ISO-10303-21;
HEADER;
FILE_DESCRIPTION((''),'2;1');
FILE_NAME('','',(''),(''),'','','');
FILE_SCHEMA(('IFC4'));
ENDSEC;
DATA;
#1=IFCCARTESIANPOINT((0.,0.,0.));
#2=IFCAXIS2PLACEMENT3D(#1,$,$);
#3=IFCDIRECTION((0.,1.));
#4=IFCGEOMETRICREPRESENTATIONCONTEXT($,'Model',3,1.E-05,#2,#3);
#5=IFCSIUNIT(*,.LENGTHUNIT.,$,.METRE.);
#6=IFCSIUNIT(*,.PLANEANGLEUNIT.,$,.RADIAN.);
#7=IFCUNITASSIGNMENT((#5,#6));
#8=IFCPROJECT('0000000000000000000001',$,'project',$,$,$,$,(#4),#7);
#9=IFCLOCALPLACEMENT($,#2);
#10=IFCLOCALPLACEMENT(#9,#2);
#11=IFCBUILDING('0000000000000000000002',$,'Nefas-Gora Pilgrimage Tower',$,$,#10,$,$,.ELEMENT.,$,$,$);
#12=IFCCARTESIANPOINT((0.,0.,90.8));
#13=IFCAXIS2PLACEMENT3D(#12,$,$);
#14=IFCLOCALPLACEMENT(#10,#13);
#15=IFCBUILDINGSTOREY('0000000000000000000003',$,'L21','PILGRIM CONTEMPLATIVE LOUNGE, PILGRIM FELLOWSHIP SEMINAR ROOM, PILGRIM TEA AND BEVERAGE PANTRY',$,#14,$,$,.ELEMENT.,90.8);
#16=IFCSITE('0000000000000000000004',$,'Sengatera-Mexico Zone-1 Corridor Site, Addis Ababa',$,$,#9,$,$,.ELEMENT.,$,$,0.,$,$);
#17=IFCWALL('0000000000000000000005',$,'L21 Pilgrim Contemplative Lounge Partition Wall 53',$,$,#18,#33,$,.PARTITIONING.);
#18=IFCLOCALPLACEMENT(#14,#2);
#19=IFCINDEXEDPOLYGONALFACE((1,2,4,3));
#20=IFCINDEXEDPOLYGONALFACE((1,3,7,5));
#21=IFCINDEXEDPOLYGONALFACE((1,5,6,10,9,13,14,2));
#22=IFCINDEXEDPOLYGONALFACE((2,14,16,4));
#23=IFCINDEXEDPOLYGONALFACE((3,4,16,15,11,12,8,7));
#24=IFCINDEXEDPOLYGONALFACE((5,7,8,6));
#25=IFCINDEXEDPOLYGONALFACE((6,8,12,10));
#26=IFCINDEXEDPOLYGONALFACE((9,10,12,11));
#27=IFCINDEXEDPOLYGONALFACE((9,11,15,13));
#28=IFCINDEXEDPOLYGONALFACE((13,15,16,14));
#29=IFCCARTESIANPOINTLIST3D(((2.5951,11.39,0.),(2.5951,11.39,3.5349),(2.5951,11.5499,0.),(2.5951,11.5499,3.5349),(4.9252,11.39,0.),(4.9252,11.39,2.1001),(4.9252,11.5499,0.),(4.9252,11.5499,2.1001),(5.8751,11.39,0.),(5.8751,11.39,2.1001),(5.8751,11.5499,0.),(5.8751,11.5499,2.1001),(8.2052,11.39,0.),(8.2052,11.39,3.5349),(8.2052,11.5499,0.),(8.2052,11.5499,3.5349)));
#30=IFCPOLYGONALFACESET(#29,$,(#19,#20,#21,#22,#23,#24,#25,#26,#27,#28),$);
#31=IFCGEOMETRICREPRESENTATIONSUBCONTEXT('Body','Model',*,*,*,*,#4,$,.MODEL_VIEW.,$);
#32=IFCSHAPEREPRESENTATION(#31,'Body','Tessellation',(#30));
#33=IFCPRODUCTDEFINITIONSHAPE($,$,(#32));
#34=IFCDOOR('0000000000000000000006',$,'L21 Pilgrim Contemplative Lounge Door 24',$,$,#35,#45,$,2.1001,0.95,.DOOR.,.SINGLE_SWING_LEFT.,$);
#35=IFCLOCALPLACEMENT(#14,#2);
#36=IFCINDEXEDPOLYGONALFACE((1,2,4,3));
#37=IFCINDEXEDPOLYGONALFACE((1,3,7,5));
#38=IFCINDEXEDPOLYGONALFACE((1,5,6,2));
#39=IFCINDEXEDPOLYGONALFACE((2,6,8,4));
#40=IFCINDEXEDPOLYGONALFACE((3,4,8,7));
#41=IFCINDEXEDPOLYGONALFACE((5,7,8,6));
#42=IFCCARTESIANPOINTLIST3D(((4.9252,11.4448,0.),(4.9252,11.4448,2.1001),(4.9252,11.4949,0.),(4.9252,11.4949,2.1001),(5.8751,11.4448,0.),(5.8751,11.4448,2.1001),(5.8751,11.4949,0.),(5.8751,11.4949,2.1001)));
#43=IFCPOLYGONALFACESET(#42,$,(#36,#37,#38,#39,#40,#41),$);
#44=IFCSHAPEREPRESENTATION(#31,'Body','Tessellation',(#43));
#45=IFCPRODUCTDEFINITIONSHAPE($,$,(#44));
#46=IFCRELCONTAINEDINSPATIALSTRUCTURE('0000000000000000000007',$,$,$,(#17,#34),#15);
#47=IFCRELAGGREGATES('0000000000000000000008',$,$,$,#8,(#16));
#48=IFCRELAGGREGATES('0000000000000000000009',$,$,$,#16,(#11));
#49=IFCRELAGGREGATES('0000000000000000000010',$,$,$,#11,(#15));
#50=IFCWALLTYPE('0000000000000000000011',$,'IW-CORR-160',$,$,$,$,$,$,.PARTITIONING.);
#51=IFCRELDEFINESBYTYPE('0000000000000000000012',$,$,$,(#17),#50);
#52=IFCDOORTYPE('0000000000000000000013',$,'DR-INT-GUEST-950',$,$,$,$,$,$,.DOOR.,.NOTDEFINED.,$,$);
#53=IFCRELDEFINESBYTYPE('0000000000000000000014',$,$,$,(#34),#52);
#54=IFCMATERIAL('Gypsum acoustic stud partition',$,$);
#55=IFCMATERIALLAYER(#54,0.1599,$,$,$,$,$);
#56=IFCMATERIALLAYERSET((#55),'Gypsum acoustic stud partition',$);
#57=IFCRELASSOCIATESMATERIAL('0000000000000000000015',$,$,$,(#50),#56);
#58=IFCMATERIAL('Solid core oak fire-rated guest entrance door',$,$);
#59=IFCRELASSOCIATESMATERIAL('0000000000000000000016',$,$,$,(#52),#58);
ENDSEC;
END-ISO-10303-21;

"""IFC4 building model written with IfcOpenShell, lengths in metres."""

from ifc_helpers import new_model, si_unit, direction, frame, frame_2d, origin, place, context, subcontext, project, spatial, rectangle, extrude, source, transform, mapped, material, layer, layer_set, type_object, element, fill, save


model = new_model("IFC4")

# Units and contexts
model_context = context("Model", 3, precision=1e-05, world=origin(), true_north=direction((0.0, 1.0)))
body_context = subcontext(model_context, "Body", "Model", "MODEL_VIEW")
ifc_project = project(units=[si_unit("LENGTHUNIT", "METRE"), si_unit("PLANEANGLEUNIT", "RADIAN")], contexts=[model_context])

# Site, building, storey
site_placement = place(None, origin())
site = spatial("IfcSite", under=ifc_project, at=site_placement, Name="Sengatera-Mexico Zone-1 Corridor Site, Addis Ababa", CompositionType="ELEMENT", RefElevation=0.0)
building_placement = place(site_placement, origin())
building = spatial("IfcBuilding", under=site, at=building_placement, Name="Nefas-Gora Pilgrimage Tower", CompositionType="ELEMENT")
storey_placement = place(building_placement, frame((0.0, 0.0, 90.8)))
storey = spatial("IfcBuildingStorey", under=building, at=storey_placement, Name="L21", Description="PILGRIM CONTEMPLATIVE LOUNGE, PILGRIM FELLOWSHIP SEMINAR ROOM, PILGRIM TEA AND BEVERAGE PANTRY", CompositionType="ELEMENT", Elevation=90.8)

# Wall, opening, door
ifc_material_1 = material(Name="Gypsum acoustic stud partition")
ifc_layer_1 = layer(ifc_material_1, 0.1599)
ifc_layer_set_1 = layer_set([ifc_layer_1], Name="Gypsum acoustic stud partition")
wall_type_1 = type_object("IfcWallType", Name="IW-CORR-160", PredefinedType="PARTITIONING", material=ifc_layer_set_1)
ifc_material_2 = material(Name="Solid core oak fire-rated guest entrance door")
door_type_1 = type_object("IfcDoorType", Name="DR-INT-GUEST-950", OperationType="NOTDEFINED", PredefinedType="DOOR", material=ifc_material_2)
shared_shape_1 = source(origin(), body_context, "Body", "SweptSolid", [
    extrude(rectangle(XDim=0.95, YDim=2.1001, at=frame_2d((0.4751, 1.05))), frame((0.0, 0.0249, 0.0), z_axis=(0.0, -1.0, 0.0), x_axis=(1.0, 0.0, 0.0)), (0.0, 0.0, 1.0), 0.05),
])
shared_shape_2 = source(origin(), body_context, "Body", "SweptSolid", [
    extrude(rectangle(XDim=5.6101, YDim=0.1599, at=frame_2d((2.8052, 0.0))), origin(), (0.0, 0.0, 1.0), 3.5349),
])
wall_1_placement = place(storey_placement, frame((2.595, 11.47, 0.0), z_axis=(0.0, 0.0, 1.0), x_axis=(1.0, 0.0, 0.0)))
wall_1 = element("IfcWall", 1, at=wall_1_placement, inside=storey, type_object=wall_type_1, Name="L21 Pilgrim Contemplative Lounge Partition Wall 53", PredefinedType="PARTITIONING", context=body_context, shape_type="MappedRepresentation", body=[
    mapped(shared_shape_2, transform((0.0, 0.0, 0.0), x_axis=(1.0, 0.0, 0.0), y_axis=(0.0, 1.0, 0.0), z_axis=(0.0, 0.0, 1.0), scale=1.0)),
])
opening_1_placement = place(wall_1_placement, frame((2.3301, 0.0, 0.0)))
opening_1 = element("IfcOpeningElement", 2, at=opening_1_placement, cuts=wall_1, PredefinedType="OPENING", context=body_context, shape_type="SweptSolid", body=[
    extrude(rectangle(XDim=0.95, YDim=2.1001, at=frame_2d((0.4751, 1.05))), frame((0.0, 0.0898, 0.0), z_axis=(0.0, -1.0, 0.0), x_axis=(1.0, 0.0, 0.0)), (0.0, 0.0, 1.0), 0.1799),
])
door_1_placement = place(opening_1_placement, origin())
door_1 = element("IfcDoor", 3, at=door_1_placement, inside=storey, type_object=door_type_1, Name="L21 Pilgrim Contemplative Lounge Door 24", OperationType="SINGLE_SWING_LEFT", OverallHeight=2.1001, OverallWidth=0.95, PredefinedType="DOOR", context=body_context, shape_type="MappedRepresentation", body=[
    mapped(shared_shape_1, transform((0.0, 0.0, 0.0), x_axis=(1.0, 0.0, 0.0), y_axis=(0.0, 1.0, 0.0), z_axis=(0.0, 0.0, 1.0), scale=1.0)),
])
fill(opening_1, door_1)

save(model, "model.ifc")
